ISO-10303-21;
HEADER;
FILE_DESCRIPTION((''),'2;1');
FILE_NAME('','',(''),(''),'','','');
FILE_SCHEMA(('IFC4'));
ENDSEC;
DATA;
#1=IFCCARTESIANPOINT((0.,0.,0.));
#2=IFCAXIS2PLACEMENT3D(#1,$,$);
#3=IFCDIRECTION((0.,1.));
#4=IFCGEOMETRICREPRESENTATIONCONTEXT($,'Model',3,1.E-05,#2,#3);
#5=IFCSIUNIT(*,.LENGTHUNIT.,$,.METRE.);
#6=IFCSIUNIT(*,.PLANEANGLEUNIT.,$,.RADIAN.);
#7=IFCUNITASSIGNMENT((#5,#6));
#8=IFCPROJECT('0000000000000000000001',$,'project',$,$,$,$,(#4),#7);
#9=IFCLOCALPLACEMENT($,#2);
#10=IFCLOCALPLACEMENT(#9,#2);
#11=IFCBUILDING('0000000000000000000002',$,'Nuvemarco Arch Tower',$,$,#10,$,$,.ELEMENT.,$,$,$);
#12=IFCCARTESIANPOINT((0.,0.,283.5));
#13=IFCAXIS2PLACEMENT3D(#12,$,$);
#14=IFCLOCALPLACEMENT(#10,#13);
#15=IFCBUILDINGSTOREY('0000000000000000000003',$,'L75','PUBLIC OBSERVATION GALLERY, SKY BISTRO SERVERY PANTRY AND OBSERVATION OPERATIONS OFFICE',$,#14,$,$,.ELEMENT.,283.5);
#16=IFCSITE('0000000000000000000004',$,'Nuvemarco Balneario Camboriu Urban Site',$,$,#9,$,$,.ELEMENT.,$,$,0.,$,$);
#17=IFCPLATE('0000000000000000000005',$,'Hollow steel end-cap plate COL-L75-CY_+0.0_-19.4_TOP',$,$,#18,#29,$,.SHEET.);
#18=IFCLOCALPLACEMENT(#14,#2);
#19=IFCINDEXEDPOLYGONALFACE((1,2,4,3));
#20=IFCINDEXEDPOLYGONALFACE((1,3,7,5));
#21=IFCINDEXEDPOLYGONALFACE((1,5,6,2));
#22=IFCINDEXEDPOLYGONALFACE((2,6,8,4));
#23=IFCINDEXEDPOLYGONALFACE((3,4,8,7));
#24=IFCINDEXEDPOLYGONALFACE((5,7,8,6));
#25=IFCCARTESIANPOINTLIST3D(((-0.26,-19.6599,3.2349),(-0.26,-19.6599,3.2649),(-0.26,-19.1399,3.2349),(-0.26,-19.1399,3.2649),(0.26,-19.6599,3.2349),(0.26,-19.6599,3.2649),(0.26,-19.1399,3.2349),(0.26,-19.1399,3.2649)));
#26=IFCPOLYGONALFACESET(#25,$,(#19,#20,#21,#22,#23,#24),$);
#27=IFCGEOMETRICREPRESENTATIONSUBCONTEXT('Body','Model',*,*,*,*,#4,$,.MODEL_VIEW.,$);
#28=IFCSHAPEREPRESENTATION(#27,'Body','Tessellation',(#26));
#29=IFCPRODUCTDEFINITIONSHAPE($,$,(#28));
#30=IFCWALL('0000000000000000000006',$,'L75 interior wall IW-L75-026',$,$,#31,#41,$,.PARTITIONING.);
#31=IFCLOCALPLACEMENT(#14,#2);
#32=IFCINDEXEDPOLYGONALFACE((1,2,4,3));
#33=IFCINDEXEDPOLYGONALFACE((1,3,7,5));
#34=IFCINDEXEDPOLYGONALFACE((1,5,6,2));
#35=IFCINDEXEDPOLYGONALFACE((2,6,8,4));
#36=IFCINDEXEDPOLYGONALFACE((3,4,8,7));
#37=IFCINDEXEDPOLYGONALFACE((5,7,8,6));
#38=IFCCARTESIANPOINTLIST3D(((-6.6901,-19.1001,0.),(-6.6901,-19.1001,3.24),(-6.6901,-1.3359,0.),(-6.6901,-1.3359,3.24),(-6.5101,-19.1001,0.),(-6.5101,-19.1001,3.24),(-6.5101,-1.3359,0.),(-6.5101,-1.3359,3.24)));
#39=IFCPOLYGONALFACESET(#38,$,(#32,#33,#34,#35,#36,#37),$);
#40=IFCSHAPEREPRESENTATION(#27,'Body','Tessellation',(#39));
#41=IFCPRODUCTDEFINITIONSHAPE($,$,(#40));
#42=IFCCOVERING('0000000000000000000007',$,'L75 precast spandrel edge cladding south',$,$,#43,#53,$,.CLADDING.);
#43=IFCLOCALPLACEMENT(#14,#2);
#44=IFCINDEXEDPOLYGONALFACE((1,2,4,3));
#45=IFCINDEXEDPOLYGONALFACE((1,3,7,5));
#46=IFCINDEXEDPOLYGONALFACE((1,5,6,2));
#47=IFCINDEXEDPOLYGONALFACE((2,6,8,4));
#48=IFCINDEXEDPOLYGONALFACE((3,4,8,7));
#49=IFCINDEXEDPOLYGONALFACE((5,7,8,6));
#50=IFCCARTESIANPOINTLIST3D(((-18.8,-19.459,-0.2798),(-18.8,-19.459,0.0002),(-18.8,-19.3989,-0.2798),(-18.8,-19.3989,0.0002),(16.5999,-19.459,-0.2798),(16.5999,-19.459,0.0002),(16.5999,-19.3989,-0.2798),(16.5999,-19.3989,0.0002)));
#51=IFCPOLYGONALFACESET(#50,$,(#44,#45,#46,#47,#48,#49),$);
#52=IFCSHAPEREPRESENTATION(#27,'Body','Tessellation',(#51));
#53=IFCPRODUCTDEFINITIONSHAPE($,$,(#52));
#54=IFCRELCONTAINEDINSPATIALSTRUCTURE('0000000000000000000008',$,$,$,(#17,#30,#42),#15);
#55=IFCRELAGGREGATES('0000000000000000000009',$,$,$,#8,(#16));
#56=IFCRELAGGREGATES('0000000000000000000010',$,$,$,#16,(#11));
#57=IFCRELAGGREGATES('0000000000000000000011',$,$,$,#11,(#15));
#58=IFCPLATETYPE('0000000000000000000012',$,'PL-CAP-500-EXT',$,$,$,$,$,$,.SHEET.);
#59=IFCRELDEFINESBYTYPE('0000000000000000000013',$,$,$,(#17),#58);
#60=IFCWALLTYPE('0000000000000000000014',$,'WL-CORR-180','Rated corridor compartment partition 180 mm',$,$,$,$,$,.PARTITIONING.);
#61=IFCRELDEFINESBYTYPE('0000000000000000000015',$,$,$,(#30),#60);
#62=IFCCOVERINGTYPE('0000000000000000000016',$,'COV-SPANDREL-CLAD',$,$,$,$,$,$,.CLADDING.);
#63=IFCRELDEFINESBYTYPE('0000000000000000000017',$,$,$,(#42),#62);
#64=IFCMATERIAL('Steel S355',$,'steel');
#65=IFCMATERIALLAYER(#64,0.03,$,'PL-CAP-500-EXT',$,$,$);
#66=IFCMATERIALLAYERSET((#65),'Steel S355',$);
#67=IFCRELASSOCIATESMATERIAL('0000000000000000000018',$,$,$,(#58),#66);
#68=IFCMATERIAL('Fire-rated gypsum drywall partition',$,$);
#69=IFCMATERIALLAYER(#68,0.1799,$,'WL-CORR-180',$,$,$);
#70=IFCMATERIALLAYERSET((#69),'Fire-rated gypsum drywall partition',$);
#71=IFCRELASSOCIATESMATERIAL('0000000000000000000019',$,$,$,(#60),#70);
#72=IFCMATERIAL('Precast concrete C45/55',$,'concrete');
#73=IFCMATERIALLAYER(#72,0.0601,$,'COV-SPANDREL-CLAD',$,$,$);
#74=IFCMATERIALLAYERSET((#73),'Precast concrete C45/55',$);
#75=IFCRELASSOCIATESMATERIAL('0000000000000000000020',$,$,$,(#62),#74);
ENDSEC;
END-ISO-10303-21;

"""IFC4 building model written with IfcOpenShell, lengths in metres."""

from ifc_helpers import new_model, si_unit, direction, frame, frame_2d, origin, origin_2d, place, context, subcontext, project, spatial, rectangle, extrude, source, transform, mapped, material, layer, layer_set, type_object, type_shapes, element, save


model = new_model("IFC4")

# Units and contexts
model_context = context("Model", 3, precision=1e-05, world=origin(), true_north=direction((0.0, 1.0)))
body_context = subcontext(model_context, "Body", "Model", "MODEL_VIEW")
ifc_project = project(units=[si_unit("LENGTHUNIT", "METRE"), si_unit("PLANEANGLEUNIT", "RADIAN")], contexts=[model_context])

# Site, building, storey
site_placement = place(None, origin())
site = spatial("IfcSite", under=ifc_project, at=site_placement, Name="Nuvemarco Balneario Camboriu Urban Site", CompositionType="ELEMENT", RefElevation=0.0)
building_placement = place(site_placement, origin())
building = spatial("IfcBuilding", under=site, at=building_placement, Name="Nuvemarco Arch Tower", CompositionType="ELEMENT")
storey_placement = place(building_placement, frame((0.0, 0.0, 283.5)))
storey = spatial("IfcBuildingStorey", under=building, at=storey_placement, Name="L75", Description="PUBLIC OBSERVATION GALLERY, SKY BISTRO SERVERY PANTRY AND OBSERVATION OPERATIONS OFFICE", CompositionType="ELEMENT", Elevation=283.5)

# Shared definitions
ifc_material_1 = material(Name="Steel S355", Category="steel")

# Shared definitions
ifc_material_2 = material(Name="Precast concrete C45/55", Category="concrete")

# Plate
ifc_layer_1 = layer(ifc_material_1, 0.03, Name="PL-CAP-500-EXT")
ifc_layer_set_1 = layer_set([ifc_layer_1], Name="Steel S355")
plate_type_1 = type_object("IfcPlateType", Name="PL-CAP-500-EXT", PredefinedType="SHEET", material=ifc_layer_set_1)
shared_shape_1 = source(origin(), body_context, "Body", "SweptSolid", [
    extrude(rectangle(XDim=0.52, YDim=0.52, at=origin_2d()), origin(), (0.0, 0.0, 1.0), 0.03),
])
type_shapes(plate_type_1, [shared_shape_1])
plate_1_placement = place(storey_placement, frame((0.0, -19.3999, 3.2349), z_axis=(0.0, 0.0, 1.0), x_axis=(1.0, 0.0, 0.0)))
element("IfcPlate", 1, at=plate_1_placement, inside=storey, type_object=plate_type_1, Name="Hollow steel end-cap plate COL-L75-CY_+0.0_-19.4_TOP", PredefinedType="SHEET", context=body_context, shape_type="MappedRepresentation", body=[
    mapped(shared_shape_1, transform((0.0, 0.0, 0.0), scale=1.0)),
])

# Wall
ifc_material_3 = material(Name="Fire-rated gypsum drywall partition")
ifc_layer_2 = layer(ifc_material_3, 0.1799, Name="WL-CORR-180")
ifc_layer_set_2 = layer_set([ifc_layer_2], Name="Fire-rated gypsum drywall partition")
wall_type = type_object("IfcWallType", Name="WL-CORR-180", Description="Rated corridor compartment partition 180 mm", PredefinedType="PARTITIONING", material=ifc_layer_set_2)
wall_placement = place(storey_placement, frame((-6.6001, -19.1001, 0.0), z_axis=(0.0, 0.0, 1.0), x_axis=(0.0, 1.0, 0.0)))
element("IfcWall", 2, at=wall_placement, inside=storey, type_object=wall_type, Name="L75 interior wall IW-L75-026", PredefinedType="PARTITIONING", context=body_context, shape_type="SweptSolid", body=[
    extrude(rectangle(XDim=17.7642, YDim=0.1799, at=frame_2d((8.8821, 0.0))), origin(), (0.0, 0.0, 1.0), 3.24),
])

# Covering
ifc_layer_3 = layer(ifc_material_2, 0.0601, Name="COV-SPANDREL-CLAD")
ifc_layer_set_3 = layer_set([ifc_layer_3], Name="Precast concrete C45/55")
covering_type = type_object("IfcCoveringType", Name="COV-SPANDREL-CLAD", PredefinedType="CLADDING", material=ifc_layer_set_3)
shared_shape_2 = source(origin(), body_context, "Body", "SweptSolid", [
    extrude(rectangle(XDim=35.3999, YDim=0.0601, at=origin_2d()), origin(), (0.0, 0.0, 1.0), 0.28),
])
type_shapes(covering_type, [shared_shape_2])
covering_placement = place(storey_placement, frame((-1.1001, -19.429, -0.2798), z_axis=(0.0, 0.0, 1.0), x_axis=(1.0, 0.0, 0.0)))
element("IfcCovering", 3, at=covering_placement, inside=storey, type_object=covering_type, Name="L75 precast spandrel edge cladding south", PredefinedType="CLADDING", context=body_context, shape_type="MappedRepresentation", body=[
    mapped(shared_shape_2, transform((0.0, 0.0, 0.0), scale=1.0)),
])

save(model, "model.ifc")
